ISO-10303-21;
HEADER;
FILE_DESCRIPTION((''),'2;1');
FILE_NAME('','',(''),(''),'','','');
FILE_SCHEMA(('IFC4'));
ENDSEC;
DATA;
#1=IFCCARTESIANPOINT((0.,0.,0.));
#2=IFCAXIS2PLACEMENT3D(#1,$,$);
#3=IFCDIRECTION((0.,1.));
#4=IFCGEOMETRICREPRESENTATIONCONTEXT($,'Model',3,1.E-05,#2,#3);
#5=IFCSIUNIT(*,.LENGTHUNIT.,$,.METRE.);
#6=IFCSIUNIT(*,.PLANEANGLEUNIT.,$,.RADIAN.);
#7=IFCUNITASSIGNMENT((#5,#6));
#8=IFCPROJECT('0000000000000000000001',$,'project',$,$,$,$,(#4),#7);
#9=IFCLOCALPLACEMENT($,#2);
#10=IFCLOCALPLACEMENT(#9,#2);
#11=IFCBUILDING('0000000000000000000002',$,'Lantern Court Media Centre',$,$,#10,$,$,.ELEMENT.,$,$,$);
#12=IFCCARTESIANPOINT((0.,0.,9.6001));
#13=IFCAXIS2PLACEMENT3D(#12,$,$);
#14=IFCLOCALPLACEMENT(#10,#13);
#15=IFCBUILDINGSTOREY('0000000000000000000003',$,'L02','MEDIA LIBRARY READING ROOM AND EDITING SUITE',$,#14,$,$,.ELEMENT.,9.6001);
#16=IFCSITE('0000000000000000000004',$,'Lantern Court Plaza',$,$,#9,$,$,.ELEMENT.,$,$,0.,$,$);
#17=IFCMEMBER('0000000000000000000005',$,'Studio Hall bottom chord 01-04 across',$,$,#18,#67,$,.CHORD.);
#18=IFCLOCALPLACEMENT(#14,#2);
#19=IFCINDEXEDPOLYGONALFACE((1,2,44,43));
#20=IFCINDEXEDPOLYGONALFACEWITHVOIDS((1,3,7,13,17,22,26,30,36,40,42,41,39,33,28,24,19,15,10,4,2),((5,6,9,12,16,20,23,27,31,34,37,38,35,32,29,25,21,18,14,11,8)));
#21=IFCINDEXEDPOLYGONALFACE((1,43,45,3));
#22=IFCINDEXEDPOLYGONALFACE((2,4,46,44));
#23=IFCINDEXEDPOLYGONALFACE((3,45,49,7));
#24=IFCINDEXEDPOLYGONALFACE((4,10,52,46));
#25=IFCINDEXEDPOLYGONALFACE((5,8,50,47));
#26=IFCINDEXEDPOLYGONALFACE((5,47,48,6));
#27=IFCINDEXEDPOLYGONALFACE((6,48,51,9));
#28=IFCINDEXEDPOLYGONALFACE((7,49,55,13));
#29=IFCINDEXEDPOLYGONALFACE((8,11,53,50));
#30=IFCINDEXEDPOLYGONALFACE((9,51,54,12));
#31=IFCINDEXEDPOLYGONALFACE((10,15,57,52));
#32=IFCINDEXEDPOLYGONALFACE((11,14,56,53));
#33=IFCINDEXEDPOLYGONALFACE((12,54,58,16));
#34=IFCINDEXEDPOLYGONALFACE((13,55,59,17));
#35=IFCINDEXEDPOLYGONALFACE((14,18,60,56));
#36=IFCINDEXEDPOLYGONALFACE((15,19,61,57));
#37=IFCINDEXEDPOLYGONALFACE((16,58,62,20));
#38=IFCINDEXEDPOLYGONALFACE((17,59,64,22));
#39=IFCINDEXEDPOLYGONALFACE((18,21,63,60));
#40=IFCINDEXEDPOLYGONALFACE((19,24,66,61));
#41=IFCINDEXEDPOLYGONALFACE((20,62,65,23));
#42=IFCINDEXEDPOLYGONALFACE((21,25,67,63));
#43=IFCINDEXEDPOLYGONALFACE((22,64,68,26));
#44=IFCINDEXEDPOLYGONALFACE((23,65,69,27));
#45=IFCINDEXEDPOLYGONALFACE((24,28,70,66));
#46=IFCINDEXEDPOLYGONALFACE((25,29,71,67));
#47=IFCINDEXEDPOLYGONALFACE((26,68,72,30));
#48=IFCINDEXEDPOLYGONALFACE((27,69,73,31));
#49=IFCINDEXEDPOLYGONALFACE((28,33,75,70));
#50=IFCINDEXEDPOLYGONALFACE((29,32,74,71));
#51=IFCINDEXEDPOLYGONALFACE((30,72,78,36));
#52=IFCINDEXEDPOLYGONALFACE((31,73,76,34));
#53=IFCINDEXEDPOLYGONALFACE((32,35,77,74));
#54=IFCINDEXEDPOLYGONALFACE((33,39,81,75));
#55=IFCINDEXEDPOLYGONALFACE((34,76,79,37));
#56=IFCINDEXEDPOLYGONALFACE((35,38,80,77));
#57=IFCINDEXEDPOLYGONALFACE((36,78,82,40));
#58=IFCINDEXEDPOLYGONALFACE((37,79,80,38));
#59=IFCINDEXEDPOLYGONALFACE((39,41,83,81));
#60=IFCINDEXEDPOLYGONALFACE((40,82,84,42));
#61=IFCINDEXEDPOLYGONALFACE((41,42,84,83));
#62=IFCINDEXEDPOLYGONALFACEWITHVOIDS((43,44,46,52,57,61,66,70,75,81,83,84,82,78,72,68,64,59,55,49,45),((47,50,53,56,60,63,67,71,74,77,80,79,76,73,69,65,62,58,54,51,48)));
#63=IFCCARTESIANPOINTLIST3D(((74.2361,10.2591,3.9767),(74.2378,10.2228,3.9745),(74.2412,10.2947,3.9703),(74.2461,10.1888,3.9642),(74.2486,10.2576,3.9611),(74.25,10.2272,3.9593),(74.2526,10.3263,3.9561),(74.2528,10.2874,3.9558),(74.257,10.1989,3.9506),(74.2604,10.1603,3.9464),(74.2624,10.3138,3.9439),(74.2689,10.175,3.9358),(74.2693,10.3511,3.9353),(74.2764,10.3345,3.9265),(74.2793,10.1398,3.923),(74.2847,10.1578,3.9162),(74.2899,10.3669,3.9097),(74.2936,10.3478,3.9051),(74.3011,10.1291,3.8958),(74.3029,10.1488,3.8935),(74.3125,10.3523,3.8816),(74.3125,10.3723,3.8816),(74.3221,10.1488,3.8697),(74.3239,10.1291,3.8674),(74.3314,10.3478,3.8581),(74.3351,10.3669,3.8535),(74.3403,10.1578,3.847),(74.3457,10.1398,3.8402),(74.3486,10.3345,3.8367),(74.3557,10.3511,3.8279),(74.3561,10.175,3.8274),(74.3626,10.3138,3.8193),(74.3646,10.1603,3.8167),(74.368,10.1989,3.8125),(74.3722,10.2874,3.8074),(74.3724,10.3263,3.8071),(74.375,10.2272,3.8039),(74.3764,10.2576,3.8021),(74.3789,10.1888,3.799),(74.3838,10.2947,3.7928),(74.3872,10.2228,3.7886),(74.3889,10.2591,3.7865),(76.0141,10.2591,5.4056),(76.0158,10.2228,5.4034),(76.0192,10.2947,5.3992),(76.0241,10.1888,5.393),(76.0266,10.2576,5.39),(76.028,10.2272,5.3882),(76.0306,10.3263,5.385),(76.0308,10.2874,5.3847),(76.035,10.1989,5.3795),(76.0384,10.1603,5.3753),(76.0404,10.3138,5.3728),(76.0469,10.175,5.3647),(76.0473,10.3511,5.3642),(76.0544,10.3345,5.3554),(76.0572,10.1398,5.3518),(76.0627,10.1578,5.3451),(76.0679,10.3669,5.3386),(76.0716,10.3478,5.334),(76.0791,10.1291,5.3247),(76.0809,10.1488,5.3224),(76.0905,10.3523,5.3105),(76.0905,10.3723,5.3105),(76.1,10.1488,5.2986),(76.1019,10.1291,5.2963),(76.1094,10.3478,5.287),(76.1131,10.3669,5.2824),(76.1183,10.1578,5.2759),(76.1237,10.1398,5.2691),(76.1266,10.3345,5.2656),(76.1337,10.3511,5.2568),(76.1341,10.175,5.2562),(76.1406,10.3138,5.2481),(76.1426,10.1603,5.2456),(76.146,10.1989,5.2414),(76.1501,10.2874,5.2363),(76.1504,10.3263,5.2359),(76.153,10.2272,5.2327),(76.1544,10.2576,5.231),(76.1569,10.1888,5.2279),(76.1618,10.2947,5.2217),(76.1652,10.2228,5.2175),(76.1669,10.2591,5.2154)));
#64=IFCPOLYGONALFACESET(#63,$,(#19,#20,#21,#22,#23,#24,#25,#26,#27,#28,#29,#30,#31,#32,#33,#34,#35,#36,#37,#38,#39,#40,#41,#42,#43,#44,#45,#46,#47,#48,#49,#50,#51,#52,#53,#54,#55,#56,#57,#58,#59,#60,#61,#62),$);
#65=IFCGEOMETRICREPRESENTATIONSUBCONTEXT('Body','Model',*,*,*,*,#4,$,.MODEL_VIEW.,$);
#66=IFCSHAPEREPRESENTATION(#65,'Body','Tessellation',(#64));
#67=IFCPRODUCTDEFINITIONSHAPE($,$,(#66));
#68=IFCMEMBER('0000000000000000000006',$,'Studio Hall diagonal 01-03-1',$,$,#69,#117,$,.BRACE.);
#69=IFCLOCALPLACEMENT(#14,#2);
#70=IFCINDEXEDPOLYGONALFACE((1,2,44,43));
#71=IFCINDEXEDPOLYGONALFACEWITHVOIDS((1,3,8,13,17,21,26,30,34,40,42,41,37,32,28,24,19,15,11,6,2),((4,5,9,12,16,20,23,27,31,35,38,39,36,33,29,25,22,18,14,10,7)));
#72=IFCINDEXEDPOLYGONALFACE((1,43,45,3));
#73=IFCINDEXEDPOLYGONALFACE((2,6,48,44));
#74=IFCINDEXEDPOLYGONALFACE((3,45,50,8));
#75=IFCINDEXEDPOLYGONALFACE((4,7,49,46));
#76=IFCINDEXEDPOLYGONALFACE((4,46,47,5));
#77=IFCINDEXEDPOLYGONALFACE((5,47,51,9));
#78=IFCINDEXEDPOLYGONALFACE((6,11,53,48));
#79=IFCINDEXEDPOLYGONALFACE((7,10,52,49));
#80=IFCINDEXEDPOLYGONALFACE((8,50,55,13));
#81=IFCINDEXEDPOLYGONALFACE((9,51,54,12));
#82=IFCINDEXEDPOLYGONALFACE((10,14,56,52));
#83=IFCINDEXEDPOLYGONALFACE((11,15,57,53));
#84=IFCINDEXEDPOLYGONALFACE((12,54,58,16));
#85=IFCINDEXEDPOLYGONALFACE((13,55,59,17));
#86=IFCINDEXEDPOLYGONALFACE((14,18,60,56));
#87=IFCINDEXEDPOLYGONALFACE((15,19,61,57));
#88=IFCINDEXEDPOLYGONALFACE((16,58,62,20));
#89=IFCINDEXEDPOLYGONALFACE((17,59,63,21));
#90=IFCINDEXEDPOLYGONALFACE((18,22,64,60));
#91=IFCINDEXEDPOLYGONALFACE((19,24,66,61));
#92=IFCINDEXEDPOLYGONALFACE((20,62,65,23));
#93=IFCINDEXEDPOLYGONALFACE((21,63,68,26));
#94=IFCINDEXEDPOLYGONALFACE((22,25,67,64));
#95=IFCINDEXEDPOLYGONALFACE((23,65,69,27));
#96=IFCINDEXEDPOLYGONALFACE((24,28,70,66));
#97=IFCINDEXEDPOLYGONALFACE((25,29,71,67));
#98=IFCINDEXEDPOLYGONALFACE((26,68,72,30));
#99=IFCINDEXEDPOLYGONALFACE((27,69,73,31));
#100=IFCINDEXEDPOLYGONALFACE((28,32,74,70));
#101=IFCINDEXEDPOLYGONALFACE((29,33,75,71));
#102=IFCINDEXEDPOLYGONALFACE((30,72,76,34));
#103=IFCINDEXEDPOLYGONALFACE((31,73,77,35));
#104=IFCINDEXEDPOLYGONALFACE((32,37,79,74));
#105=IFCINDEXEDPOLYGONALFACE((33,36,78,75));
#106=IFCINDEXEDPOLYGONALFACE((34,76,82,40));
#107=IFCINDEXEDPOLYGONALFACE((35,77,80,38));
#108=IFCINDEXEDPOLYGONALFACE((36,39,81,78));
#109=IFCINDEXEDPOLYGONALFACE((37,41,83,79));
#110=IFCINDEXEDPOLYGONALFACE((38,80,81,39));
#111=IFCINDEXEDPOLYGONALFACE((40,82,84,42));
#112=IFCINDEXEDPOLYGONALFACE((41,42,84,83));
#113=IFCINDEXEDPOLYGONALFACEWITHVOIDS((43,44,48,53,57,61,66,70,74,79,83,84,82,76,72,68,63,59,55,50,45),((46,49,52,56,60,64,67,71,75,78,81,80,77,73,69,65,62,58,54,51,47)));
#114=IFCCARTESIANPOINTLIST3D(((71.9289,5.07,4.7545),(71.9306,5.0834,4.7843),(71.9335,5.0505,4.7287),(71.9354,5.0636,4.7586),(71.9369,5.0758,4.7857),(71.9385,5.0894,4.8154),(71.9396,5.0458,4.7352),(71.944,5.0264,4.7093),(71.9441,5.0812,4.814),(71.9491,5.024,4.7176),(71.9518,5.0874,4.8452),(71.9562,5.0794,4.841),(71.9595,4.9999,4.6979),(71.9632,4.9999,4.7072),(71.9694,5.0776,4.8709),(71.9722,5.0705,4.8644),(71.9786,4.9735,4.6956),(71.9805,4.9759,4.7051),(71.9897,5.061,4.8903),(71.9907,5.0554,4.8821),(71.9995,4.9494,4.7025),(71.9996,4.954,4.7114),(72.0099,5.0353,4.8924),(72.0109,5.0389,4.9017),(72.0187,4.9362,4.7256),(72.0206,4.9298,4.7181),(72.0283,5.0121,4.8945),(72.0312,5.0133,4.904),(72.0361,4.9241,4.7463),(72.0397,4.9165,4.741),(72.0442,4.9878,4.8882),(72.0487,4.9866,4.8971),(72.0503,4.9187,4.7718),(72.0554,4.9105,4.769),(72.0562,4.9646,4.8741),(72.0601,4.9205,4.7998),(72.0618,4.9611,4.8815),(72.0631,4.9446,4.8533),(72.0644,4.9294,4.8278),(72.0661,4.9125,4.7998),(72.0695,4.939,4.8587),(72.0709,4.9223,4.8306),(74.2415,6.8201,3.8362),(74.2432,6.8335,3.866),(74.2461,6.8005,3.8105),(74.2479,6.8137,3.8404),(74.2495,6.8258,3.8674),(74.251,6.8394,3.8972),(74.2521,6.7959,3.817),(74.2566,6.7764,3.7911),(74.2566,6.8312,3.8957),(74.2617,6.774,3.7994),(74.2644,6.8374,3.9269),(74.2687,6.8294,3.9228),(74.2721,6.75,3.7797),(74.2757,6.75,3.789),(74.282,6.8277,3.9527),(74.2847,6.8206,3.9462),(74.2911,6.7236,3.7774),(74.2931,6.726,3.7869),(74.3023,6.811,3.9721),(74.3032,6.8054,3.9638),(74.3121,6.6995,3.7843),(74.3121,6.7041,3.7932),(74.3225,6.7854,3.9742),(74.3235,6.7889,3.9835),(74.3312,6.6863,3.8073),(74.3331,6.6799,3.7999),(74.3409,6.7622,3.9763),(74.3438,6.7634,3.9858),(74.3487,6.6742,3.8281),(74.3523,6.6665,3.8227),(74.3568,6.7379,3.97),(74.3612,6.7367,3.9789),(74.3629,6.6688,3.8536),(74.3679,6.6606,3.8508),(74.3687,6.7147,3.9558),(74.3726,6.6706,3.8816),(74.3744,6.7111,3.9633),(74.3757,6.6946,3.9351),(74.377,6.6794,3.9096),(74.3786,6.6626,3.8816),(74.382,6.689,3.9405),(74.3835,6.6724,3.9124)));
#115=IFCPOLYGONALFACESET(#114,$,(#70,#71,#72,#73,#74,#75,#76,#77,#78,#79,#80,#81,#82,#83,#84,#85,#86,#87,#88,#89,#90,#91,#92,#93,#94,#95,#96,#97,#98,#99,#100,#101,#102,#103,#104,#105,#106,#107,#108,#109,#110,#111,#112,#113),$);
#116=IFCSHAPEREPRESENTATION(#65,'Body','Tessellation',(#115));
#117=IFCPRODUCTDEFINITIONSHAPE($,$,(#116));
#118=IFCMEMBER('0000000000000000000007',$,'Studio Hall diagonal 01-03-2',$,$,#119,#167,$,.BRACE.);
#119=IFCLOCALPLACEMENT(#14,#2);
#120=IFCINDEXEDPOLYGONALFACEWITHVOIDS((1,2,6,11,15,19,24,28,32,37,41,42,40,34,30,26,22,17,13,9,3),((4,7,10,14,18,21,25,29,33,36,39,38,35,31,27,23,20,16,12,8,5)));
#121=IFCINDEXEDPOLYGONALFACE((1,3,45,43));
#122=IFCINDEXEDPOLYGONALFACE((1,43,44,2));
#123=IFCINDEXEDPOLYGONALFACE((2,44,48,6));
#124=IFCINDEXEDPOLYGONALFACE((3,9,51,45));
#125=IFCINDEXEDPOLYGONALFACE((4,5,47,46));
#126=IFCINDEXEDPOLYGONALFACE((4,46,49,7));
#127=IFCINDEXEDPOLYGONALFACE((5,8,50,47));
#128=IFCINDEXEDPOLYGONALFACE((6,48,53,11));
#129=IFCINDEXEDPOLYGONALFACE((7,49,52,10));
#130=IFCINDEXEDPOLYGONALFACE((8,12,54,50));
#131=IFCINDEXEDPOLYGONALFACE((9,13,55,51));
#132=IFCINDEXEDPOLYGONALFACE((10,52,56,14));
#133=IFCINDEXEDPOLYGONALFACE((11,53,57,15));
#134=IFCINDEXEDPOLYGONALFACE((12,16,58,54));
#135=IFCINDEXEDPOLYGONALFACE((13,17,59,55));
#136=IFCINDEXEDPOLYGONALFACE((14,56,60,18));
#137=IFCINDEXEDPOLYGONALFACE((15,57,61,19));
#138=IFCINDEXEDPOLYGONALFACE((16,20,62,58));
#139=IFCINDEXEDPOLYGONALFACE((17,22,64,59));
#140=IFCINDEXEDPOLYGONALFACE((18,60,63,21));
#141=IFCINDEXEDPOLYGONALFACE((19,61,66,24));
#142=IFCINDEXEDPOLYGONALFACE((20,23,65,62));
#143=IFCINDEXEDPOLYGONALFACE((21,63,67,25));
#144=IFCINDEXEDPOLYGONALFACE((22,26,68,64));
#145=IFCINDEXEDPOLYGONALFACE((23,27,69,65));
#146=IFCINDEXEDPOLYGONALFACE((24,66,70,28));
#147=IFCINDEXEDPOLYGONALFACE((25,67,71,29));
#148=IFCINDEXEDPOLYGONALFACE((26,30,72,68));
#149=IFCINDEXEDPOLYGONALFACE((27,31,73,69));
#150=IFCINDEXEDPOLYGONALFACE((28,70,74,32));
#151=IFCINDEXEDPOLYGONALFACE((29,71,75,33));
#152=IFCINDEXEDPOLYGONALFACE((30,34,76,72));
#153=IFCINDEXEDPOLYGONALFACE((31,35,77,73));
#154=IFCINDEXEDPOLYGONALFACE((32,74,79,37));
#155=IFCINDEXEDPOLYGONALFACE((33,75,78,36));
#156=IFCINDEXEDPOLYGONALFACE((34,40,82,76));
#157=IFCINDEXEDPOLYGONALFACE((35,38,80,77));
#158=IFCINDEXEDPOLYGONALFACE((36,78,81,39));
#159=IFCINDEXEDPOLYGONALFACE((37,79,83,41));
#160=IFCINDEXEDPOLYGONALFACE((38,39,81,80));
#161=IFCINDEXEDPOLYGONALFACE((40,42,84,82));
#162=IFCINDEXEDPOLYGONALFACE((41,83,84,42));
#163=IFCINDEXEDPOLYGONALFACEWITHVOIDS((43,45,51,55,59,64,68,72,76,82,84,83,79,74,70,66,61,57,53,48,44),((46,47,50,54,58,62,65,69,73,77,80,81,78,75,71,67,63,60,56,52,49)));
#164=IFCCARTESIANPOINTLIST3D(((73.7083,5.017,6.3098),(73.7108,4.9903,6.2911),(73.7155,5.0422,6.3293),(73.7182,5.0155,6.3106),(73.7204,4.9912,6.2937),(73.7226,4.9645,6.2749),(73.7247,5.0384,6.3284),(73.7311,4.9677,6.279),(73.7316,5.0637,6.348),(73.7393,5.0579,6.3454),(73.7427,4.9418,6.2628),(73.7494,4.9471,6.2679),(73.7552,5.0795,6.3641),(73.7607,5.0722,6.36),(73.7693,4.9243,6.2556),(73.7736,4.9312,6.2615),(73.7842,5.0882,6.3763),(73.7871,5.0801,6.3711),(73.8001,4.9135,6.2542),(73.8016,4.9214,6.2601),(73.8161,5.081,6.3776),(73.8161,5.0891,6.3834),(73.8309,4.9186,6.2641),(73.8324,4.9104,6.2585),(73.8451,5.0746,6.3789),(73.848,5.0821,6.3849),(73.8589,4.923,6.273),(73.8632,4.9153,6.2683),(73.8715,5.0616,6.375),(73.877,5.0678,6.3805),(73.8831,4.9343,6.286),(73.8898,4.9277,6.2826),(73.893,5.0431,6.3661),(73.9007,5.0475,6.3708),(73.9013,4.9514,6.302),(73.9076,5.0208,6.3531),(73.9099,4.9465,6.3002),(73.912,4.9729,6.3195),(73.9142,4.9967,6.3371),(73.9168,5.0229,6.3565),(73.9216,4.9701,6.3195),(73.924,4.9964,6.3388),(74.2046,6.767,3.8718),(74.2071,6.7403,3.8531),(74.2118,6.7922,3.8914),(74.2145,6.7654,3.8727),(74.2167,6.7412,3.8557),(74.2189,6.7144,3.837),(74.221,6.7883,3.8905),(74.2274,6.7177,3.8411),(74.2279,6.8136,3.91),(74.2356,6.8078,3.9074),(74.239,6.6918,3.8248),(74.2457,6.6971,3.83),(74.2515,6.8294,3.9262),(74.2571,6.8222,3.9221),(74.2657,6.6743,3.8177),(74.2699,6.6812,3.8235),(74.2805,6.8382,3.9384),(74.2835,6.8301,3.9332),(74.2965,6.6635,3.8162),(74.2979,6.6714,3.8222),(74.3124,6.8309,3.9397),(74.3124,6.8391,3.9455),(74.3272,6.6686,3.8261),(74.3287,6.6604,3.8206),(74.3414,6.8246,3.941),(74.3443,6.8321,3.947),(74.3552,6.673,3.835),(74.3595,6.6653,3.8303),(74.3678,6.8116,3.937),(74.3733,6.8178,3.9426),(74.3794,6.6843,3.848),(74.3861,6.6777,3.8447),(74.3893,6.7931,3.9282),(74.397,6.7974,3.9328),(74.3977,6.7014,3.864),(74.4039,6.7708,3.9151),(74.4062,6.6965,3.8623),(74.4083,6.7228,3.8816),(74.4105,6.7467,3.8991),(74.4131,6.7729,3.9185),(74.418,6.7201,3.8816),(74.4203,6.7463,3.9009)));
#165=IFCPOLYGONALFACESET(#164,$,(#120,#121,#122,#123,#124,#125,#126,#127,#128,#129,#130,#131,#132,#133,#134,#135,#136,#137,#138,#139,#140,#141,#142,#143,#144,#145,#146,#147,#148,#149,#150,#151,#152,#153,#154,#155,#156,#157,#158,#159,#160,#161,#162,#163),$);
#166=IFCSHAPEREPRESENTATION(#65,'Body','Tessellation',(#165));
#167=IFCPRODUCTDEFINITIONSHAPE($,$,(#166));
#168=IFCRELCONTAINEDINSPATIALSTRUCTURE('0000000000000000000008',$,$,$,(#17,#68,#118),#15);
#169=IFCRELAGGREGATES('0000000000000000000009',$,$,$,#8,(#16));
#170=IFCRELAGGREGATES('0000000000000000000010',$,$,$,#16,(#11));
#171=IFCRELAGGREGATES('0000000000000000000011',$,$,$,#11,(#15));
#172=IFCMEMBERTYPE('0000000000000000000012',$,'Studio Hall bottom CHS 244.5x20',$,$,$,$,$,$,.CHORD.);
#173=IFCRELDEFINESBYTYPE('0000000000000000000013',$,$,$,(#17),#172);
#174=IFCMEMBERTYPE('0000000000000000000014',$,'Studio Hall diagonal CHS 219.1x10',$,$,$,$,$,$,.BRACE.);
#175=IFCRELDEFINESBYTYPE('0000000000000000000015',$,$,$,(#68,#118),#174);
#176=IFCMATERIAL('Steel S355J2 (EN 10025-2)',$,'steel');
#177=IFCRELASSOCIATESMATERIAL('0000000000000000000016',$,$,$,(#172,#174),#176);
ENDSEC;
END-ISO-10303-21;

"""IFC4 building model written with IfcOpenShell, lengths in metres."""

from ifc_helpers import new_model, si_unit, direction, frame, origin, origin_2d, place, context, subcontext, project, spatial, hollow_circle, extrude, material, material_profile, profile_set, type_object, element, save


model = new_model("IFC4")

# Units and contexts
model_context = context("Model", 3, precision=1e-05, world=origin(), true_north=direction((0.0, 1.0)))
body_context = subcontext(model_context, "Body", "Model", "MODEL_VIEW")
ifc_project = project(units=[si_unit("LENGTHUNIT", "METRE"), si_unit("PLANEANGLEUNIT", "RADIAN")], contexts=[model_context])

# Site, building, storey
site_placement = place(None, origin())
site = spatial("IfcSite", under=ifc_project, at=site_placement, Name="Lantern Court Plaza", CompositionType="ELEMENT", RefElevation=0.0)
building_placement = place(site_placement, origin())
building = spatial("IfcBuilding", under=site, at=building_placement, Name="Lantern Court Media Centre", CompositionType="ELEMENT")
storey_placement = place(building_placement, frame((0.0, 0.0, 9.6001)))
storey = spatial("IfcBuildingStorey", under=building, at=storey_placement, Name="L02", Description="MEDIA LIBRARY READING ROOM AND EDITING SUITE", CompositionType="ELEMENT", Elevation=9.6001)

# Members
ifc_material = material(Name="Steel S355J2 (EN 10025-2)", Category="steel")
ifc_material_profile_1 = material_profile(ifc_material, hollow_circle(Radius=0.1223, WallThickness=0.02, at=origin_2d()), Name="Studio Hall bottom CHS 244.5x20")
ifc_profile_set_1 = profile_set([ifc_material_profile_1], Name="Steel S355J2 (EN 10025-2)")
member_type_1 = type_object("IfcMemberType", Name="Studio Hall bottom CHS 244.5x20", PredefinedType="CHORD", material=ifc_profile_set_1)
for number, where, z_axis, x_axis, name in (
    (1, (74.3125, 10.25, 3.8816), (0.779478, 0.0, 0.626429), (0.0, 1.0, 0.0), "Studio Hall bottom chord 01-04 across"),
):
    element("IfcMember", number, at=place(storey_placement, frame(where, z_axis=z_axis, x_axis=x_axis)), inside=storey, type_object=member_type_1, Name=name, PredefinedType="CHORD", context=body_context, shape_type="SweptSolid", body=[
        extrude(hollow_circle(Radius=0.1223, WallThickness=0.02, at=origin_2d()), origin(), (0.0, 0.0, 1.0), 2.281),
    ])
ifc_material_profile_2 = material_profile(ifc_material, hollow_circle(Radius=0.1096, WallThickness=0.01, at=origin_2d()), Name="Studio Hall diagonal CHS 219.1x10")
ifc_profile_set_2 = profile_set([ifc_material_profile_2], Name="Steel S355J2 (EN 10025-2)")
member_type_2 = type_object("IfcMemberType", Name="Studio Hall diagonal CHS 219.1x10", PredefinedType="BRACE", material=ifc_profile_set_2)
member_1_placement = place(storey_placement, frame((74.3125, 6.75, 3.8816), z_axis=(-0.760211, -0.575295, 0.301853), x_axis=(0.603443, -0.797406, 0.0)))
element("IfcMember", 2, at=member_1_placement, inside=storey, type_object=member_type_2, Name="Studio Hall diagonal 01-03-1", PredefinedType="BRACE", context=body_context, shape_type="SweptSolid", body=[
    extrude(hollow_circle(Radius=0.1096, WallThickness=0.01, at=origin_2d()), origin(), (0.0, 0.0, 1.0), 3.042),
])
for number, where, z_axis, x_axis, name in (
    (3, (74.3125, 6.75, 3.8816), (-0.163172, -0.575314, 0.801491), (0.962054, -0.272859, 0.0), "Studio Hall diagonal 01-03-2"),
):
    element("IfcMember", number, at=place(storey_placement, frame(where, z_axis=z_axis, x_axis=x_axis)), inside=storey, type_object=member_type_2, Name=name, PredefinedType="BRACE", context=body_context, shape_type="SweptSolid", body=[
        extrude(hollow_circle(Radius=0.1096, WallThickness=0.01, at=origin_2d()), origin(), (0.0, 0.0, 1.0), 3.0417),
    ])

save(model, "model.ifc")
